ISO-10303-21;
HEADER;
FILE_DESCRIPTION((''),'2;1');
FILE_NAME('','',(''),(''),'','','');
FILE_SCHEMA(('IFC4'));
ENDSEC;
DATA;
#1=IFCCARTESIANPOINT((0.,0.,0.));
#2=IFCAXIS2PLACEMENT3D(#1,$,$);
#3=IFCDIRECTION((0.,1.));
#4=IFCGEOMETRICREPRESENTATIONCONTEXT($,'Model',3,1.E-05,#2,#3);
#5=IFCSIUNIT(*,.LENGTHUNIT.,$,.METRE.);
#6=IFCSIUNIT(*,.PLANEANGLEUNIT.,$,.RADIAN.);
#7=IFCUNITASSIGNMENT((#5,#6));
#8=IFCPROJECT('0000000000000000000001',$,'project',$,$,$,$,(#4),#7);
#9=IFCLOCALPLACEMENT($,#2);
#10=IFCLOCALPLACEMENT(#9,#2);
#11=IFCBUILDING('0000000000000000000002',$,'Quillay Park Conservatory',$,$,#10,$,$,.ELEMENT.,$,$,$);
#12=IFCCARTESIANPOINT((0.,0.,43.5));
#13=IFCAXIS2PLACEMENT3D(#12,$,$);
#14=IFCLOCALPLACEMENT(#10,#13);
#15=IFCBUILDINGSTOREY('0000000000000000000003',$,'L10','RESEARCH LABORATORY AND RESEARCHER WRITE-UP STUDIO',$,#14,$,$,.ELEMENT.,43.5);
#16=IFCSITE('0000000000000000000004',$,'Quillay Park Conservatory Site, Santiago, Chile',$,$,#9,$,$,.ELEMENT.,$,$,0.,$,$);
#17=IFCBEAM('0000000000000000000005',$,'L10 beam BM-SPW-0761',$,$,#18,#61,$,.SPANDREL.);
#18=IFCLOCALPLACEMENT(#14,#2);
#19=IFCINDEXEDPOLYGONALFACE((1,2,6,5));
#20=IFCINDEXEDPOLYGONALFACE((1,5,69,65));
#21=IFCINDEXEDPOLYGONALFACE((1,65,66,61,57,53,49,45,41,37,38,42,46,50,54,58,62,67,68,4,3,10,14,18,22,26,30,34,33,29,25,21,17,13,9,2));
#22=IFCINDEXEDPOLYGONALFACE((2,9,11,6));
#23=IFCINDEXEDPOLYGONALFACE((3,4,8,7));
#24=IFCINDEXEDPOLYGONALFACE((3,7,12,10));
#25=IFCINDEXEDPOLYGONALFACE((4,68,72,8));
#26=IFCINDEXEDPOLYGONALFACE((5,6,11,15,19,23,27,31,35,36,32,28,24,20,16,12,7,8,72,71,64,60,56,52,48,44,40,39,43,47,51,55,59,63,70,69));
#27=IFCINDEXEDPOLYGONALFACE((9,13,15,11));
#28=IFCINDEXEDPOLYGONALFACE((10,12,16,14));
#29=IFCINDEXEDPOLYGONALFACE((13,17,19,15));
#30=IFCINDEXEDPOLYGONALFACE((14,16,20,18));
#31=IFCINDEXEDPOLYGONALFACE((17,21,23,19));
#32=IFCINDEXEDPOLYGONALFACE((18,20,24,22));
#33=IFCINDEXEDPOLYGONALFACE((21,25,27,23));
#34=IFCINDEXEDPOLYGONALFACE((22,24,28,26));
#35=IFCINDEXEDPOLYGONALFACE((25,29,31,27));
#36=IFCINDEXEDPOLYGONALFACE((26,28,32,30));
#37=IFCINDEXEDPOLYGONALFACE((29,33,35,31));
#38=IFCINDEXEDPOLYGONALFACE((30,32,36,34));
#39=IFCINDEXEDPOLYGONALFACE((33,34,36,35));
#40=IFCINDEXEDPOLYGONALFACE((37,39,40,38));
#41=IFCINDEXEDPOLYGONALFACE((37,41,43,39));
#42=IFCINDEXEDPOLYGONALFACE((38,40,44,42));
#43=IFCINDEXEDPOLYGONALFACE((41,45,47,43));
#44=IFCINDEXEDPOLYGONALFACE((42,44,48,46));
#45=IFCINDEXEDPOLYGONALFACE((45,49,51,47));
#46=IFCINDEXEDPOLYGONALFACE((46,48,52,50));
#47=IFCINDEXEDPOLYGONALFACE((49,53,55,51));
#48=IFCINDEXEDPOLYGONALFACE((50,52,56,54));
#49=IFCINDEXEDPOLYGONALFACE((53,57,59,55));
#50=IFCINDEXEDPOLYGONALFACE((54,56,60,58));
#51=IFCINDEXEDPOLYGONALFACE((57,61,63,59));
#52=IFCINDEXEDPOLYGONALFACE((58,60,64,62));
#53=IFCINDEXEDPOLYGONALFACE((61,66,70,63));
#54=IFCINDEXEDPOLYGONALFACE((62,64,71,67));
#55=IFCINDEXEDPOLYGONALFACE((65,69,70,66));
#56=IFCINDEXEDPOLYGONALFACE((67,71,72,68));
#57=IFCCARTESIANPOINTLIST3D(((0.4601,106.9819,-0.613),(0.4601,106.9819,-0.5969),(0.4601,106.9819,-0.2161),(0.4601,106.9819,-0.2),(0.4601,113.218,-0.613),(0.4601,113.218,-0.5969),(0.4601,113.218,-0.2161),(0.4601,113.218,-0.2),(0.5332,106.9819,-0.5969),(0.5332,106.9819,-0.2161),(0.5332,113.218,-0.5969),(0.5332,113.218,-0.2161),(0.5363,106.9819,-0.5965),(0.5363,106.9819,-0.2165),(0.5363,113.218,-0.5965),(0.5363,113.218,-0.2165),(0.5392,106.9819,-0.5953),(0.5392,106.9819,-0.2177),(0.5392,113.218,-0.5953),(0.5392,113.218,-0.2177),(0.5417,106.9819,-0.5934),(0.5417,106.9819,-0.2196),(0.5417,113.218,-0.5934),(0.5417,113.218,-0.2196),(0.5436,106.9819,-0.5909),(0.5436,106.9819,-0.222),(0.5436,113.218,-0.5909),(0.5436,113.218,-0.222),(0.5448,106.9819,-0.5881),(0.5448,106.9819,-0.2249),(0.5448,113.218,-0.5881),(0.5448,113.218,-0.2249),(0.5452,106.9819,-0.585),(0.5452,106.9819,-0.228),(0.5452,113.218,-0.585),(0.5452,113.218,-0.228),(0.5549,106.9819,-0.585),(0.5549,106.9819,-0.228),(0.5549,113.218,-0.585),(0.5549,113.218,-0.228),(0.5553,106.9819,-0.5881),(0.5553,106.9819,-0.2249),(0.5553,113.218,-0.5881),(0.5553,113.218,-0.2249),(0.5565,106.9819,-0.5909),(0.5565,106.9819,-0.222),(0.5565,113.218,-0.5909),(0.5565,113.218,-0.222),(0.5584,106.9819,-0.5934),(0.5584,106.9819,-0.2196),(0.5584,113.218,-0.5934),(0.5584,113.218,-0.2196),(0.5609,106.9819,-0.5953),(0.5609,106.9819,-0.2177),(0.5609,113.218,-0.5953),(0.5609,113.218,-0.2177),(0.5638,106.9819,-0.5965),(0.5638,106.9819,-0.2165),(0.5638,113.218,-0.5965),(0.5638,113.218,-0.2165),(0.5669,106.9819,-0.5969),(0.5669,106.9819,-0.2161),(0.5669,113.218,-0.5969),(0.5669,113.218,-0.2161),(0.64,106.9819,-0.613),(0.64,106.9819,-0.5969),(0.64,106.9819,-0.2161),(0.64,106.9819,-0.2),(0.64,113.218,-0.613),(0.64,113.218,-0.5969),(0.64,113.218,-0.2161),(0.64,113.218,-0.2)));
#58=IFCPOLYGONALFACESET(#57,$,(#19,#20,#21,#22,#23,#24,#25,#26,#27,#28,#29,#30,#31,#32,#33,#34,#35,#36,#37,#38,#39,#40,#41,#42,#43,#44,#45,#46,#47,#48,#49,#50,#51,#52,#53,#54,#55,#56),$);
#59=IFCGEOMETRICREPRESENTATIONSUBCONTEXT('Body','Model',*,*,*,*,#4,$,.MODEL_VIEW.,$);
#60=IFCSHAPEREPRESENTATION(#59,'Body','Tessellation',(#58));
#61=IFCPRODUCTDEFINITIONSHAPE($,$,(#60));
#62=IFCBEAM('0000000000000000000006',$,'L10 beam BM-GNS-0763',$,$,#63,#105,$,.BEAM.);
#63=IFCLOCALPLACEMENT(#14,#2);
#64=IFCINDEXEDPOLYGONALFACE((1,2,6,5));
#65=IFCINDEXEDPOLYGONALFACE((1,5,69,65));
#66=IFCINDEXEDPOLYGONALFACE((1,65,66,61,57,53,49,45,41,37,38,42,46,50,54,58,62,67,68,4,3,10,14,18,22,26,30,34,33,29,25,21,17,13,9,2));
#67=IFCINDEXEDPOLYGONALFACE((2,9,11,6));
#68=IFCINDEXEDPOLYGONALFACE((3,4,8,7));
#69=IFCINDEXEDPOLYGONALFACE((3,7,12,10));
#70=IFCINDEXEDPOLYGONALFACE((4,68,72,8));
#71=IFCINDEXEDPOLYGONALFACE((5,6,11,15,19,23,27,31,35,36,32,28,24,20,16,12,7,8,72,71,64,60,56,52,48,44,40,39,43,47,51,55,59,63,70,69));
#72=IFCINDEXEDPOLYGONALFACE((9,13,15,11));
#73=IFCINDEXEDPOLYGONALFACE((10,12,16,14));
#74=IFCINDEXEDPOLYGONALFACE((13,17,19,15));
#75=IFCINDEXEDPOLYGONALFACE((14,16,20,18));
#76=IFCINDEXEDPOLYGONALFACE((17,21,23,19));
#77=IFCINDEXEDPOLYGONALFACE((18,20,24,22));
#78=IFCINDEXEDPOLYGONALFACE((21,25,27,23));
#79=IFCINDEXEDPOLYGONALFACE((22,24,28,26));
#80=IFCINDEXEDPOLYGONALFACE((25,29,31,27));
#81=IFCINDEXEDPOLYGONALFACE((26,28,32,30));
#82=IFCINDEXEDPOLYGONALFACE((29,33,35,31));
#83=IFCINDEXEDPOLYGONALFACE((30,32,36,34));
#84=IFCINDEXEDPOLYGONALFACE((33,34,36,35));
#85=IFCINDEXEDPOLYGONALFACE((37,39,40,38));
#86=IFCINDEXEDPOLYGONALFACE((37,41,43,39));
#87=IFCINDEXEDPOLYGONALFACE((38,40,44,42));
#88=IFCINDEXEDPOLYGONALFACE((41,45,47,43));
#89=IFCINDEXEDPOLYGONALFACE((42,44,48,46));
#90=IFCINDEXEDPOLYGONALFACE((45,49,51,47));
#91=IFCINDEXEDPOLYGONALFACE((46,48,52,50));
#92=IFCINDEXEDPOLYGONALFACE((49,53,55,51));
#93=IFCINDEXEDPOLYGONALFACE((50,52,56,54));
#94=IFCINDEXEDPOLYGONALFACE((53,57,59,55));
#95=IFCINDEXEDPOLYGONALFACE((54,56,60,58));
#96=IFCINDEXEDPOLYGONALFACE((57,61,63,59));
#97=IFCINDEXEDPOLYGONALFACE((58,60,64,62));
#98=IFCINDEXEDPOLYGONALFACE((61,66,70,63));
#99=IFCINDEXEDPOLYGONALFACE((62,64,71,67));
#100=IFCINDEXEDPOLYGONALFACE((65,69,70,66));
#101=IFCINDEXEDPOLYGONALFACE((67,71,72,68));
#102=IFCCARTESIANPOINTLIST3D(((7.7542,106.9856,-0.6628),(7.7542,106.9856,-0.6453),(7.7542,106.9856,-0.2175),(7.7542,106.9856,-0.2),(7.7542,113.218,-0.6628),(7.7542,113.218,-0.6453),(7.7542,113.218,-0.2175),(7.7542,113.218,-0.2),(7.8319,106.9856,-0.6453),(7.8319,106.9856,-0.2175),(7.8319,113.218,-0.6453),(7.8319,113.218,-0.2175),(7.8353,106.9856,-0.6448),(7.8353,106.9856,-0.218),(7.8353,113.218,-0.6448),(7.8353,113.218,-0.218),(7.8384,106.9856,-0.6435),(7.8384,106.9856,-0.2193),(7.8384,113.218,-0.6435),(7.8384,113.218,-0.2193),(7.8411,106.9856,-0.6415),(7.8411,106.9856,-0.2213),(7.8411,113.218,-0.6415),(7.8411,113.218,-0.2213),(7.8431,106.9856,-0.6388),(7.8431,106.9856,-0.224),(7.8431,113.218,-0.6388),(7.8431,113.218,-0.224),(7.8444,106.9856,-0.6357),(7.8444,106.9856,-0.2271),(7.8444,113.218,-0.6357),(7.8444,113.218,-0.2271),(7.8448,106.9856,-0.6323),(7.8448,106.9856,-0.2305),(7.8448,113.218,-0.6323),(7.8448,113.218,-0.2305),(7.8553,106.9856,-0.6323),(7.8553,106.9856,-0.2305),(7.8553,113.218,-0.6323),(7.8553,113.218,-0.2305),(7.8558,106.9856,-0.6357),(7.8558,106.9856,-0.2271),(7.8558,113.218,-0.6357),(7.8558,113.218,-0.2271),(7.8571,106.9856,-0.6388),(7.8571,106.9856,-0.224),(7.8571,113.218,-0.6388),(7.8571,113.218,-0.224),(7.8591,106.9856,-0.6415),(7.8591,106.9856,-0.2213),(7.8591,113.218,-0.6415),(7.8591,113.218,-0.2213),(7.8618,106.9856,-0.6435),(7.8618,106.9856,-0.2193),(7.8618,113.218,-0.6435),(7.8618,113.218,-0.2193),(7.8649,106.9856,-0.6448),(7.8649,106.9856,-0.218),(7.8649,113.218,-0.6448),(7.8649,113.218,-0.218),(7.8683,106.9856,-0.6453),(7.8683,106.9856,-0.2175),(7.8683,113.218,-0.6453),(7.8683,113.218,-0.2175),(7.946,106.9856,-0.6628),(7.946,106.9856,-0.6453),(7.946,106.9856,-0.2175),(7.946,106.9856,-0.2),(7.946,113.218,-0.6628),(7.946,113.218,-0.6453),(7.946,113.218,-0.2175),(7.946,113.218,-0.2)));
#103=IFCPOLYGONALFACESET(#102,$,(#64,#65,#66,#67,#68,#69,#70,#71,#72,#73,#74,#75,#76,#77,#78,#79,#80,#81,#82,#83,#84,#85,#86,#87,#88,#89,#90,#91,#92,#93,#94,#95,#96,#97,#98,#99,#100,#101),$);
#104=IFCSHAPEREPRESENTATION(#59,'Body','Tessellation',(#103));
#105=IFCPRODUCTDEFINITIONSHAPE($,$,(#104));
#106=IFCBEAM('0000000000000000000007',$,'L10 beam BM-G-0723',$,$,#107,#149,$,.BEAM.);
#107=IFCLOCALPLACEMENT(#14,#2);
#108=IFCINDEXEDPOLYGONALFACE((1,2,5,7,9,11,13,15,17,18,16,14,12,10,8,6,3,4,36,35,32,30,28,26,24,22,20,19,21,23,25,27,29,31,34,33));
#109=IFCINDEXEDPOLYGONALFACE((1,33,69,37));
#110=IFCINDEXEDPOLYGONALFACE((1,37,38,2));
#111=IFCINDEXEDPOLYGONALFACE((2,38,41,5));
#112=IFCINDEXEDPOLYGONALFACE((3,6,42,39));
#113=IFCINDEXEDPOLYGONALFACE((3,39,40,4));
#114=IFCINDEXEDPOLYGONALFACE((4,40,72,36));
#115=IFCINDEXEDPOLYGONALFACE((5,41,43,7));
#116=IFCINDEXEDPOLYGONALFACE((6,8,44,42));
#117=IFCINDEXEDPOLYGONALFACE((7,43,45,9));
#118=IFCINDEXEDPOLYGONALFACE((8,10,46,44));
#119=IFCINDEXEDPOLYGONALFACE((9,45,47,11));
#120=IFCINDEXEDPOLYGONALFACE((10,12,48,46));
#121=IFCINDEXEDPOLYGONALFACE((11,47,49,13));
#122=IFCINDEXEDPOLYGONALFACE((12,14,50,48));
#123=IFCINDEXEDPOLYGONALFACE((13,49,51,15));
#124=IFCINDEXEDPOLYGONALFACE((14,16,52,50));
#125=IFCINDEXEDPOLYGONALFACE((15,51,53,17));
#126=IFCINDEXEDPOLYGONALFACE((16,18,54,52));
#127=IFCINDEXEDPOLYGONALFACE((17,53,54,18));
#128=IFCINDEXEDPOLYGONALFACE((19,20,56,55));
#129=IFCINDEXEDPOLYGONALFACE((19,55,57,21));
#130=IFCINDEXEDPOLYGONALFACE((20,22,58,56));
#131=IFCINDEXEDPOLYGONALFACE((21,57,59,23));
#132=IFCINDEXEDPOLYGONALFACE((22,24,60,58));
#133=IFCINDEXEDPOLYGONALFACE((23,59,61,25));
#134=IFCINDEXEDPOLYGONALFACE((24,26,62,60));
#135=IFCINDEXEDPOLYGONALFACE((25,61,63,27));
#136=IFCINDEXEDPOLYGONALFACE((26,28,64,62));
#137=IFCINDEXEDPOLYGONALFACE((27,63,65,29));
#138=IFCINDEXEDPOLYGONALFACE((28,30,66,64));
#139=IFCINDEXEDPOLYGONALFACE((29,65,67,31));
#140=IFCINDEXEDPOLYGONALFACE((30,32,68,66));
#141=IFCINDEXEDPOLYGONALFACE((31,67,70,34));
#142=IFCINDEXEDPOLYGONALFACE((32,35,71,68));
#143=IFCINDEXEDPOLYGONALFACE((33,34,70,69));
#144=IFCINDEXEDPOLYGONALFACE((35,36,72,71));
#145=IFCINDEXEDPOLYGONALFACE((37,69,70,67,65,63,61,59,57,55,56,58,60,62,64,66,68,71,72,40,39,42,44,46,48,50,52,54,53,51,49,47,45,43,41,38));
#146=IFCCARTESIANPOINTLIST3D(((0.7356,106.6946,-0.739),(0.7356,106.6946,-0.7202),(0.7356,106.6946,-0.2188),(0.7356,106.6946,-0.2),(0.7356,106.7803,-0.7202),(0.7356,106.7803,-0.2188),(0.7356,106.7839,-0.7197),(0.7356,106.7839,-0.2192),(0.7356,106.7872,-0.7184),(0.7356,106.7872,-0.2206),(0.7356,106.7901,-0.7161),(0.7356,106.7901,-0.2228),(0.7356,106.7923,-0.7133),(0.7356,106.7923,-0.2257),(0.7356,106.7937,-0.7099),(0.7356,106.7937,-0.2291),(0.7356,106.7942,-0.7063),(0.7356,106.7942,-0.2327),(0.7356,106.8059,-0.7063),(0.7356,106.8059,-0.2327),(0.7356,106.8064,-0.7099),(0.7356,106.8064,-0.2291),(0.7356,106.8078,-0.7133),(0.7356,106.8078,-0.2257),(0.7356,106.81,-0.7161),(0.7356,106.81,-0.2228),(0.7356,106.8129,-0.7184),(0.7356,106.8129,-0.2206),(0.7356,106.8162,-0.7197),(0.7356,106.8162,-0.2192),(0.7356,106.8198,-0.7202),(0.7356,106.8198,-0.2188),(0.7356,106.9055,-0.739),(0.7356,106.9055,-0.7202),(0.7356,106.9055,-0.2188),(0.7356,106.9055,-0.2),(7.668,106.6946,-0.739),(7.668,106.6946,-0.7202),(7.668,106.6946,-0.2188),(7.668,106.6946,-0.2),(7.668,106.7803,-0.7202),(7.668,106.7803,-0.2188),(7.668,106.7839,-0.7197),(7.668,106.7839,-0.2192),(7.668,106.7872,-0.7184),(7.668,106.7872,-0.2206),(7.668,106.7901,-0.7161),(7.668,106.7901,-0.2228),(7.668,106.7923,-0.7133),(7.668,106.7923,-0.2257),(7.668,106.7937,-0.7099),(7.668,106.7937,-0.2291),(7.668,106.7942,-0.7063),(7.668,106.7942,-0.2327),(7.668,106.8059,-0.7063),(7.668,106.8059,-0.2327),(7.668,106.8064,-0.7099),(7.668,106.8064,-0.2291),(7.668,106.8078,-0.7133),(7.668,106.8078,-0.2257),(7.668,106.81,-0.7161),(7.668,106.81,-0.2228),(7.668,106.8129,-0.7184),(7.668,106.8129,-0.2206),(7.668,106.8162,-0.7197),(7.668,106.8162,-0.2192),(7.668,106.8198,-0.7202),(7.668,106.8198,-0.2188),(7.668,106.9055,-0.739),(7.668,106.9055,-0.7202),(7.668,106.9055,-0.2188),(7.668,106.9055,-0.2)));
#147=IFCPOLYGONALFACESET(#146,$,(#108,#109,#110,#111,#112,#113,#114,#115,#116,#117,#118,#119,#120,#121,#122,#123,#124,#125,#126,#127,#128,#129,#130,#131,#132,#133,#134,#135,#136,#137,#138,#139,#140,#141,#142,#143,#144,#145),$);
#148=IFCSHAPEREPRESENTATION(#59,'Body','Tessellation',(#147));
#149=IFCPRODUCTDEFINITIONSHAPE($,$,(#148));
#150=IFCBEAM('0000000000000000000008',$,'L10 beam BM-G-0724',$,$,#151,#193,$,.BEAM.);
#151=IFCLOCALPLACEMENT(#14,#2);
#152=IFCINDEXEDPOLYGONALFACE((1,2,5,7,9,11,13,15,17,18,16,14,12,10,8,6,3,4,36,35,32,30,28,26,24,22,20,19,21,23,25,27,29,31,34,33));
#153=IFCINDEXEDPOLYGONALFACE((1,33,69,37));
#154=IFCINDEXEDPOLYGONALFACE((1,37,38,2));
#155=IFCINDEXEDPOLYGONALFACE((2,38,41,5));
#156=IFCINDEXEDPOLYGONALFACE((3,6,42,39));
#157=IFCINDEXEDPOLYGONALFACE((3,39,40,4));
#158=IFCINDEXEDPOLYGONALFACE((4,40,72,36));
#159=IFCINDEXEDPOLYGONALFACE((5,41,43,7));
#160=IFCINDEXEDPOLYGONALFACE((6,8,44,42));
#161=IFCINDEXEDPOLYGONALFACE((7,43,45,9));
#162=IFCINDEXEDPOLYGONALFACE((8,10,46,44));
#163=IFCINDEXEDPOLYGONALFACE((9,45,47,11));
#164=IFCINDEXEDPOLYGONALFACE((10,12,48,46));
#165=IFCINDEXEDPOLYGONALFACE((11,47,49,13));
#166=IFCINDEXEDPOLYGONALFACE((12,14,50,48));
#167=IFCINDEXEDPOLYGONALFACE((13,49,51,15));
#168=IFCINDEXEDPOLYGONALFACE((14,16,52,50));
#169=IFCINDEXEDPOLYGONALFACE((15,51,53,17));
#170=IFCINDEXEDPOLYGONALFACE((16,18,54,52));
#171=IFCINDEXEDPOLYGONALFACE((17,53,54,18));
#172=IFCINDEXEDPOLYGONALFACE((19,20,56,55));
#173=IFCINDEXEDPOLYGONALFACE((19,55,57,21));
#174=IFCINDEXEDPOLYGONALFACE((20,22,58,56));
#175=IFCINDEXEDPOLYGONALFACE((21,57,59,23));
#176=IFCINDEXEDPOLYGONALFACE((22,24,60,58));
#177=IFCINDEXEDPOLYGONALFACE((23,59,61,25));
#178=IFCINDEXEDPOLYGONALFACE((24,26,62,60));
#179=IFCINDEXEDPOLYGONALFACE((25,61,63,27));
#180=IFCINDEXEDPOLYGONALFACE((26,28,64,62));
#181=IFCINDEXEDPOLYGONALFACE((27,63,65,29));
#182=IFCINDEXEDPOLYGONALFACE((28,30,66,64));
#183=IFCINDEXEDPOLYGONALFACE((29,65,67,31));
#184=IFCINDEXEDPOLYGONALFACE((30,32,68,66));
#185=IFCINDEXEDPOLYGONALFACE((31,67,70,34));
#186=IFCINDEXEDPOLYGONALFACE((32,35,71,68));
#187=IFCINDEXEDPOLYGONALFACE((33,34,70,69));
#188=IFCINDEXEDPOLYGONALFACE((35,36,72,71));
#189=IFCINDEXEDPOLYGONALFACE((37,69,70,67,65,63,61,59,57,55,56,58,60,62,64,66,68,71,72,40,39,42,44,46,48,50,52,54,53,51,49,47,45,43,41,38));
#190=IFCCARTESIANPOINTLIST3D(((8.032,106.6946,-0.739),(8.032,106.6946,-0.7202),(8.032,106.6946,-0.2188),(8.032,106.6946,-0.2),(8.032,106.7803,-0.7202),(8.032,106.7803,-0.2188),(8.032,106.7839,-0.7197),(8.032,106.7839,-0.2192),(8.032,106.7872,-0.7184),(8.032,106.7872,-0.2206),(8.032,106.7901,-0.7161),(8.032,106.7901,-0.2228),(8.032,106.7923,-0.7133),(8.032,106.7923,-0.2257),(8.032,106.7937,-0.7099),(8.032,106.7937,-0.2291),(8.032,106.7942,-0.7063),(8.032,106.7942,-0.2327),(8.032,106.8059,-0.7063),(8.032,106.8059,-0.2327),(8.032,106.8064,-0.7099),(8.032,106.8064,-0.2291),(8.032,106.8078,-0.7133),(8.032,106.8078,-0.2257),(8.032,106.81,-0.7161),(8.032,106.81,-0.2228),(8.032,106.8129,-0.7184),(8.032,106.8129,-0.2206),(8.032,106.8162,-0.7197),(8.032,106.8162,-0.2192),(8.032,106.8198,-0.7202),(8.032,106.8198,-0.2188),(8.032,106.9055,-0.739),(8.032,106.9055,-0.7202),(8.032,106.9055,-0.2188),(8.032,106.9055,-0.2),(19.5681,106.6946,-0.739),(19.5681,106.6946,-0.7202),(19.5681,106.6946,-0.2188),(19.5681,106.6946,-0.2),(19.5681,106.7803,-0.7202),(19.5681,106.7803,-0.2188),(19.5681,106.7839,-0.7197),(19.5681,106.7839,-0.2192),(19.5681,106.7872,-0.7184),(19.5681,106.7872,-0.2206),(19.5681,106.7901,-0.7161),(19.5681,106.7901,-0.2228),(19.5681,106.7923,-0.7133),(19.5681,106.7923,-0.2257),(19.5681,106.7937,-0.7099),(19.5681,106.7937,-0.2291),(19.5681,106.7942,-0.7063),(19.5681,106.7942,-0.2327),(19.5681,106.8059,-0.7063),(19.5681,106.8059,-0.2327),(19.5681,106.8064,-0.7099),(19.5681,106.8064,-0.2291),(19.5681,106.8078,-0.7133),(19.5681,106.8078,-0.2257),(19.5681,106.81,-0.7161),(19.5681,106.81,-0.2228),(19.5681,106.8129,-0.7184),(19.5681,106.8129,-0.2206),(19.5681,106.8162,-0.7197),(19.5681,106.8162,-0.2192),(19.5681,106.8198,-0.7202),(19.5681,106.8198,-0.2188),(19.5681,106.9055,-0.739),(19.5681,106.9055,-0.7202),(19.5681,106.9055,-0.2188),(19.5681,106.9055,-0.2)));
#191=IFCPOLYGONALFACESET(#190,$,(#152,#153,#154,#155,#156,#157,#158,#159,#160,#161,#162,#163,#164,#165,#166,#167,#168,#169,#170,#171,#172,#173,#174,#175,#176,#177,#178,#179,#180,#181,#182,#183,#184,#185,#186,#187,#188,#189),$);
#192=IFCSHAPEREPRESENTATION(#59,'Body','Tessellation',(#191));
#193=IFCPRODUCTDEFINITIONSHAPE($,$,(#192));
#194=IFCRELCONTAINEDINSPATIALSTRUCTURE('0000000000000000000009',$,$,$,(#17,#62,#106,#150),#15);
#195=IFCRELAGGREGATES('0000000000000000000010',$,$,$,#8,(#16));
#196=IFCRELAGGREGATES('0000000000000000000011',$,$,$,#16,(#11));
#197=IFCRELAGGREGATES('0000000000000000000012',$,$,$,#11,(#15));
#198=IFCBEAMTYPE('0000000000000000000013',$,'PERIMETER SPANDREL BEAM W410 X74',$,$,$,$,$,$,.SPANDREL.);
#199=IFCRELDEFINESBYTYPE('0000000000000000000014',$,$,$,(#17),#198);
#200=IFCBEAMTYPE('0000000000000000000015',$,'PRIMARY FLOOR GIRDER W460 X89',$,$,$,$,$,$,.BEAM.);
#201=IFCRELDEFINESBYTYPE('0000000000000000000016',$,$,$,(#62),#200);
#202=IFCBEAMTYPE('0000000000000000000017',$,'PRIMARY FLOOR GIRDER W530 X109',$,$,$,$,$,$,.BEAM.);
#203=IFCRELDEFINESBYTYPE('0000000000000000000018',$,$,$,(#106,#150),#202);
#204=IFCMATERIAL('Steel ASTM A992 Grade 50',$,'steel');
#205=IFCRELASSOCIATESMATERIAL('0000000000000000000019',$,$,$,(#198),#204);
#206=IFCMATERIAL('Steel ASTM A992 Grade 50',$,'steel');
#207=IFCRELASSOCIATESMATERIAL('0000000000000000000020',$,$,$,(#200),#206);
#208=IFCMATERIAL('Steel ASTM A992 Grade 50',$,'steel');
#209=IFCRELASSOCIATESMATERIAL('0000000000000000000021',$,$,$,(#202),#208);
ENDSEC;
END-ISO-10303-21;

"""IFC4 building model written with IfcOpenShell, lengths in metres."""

from ifc_helpers import new_model, si_unit, direction, frame, origin, origin_2d, place, context, subcontext, project, spatial, i_section, extrude, material, material_profile, profile_set, type_object, element, save


model = new_model("IFC4")

# Units and contexts
model_context = context("Model", 3, precision=1e-05, world=origin(), true_north=direction((0.0, 1.0)))
body_context = subcontext(model_context, "Body", "Model", "MODEL_VIEW")
ifc_project = project(units=[si_unit("LENGTHUNIT", "METRE"), si_unit("PLANEANGLEUNIT", "RADIAN")], contexts=[model_context])

# Site, building, storey
site_placement = place(None, origin())
site = spatial("IfcSite", under=ifc_project, at=site_placement, Name="Quillay Park Conservatory Site, Santiago, Chile", CompositionType="ELEMENT", RefElevation=0.0)
building_placement = place(site_placement, origin())
building = spatial("IfcBuilding", under=site, at=building_placement, Name="Quillay Park Conservatory", CompositionType="ELEMENT")
storey_placement = place(building_placement, frame((0.0, 0.0, 43.5)))
storey = spatial("IfcBuildingStorey", under=building, at=storey_placement, Name="L10", Description="RESEARCH LABORATORY AND RESEARCHER WRITE-UP STUDIO", CompositionType="ELEMENT", Elevation=43.5)

# Beams
ifc_material_1 = material(Name="Steel ASTM A992 Grade 50", Category="steel")
ifc_material_profile_1 = material_profile(ifc_material_1, i_section(OverallWidth=0.1799, OverallDepth=0.4131, WebThickness=0.0098, FlangeThickness=0.0161, FilletRadius=0.012, at=origin_2d()), Name="W410x74")
ifc_profile_set_1 = profile_set([ifc_material_profile_1], Name="Steel ASTM A992 Grade 50")
beam_type_1 = type_object("IfcBeamType", Name="PERIMETER SPANDREL BEAM W410 X74", PredefinedType="SPANDREL", material=ifc_profile_set_1)
beam_1_placement = place(storey_placement, frame((0.55, 106.9819, -0.4065), z_axis=(0.0, 1.0, 0.0), x_axis=(-1.0, 0.0, 0.0)))
element("IfcBeam", 1, at=beam_1_placement, inside=storey, type_object=beam_type_1, Name="L10 beam BM-SPW-0761", PredefinedType="SPANDREL", context=body_context, shape_type="SweptSolid", body=[
    extrude(i_section(OverallWidth=0.1799, OverallDepth=0.4131, WebThickness=0.0098, FlangeThickness=0.0161, FilletRadius=0.012, at=origin_2d()), origin(), (0.0, 0.0, 1.0), 6.2361),
])
ifc_material_2 = material(Name="Steel ASTM A992 Grade 50", Category="steel")
ifc_material_profile_2 = material_profile(ifc_material_2, i_section(OverallWidth=0.1919, OverallDepth=0.4629, WebThickness=0.0105, FlangeThickness=0.0176, FilletRadius=0.0129, at=origin_2d()), Name="W460x89")
ifc_profile_set_2 = profile_set([ifc_material_profile_2], Name="Steel ASTM A992 Grade 50")
beam_type_2 = type_object("IfcBeamType", Name="PRIMARY FLOOR GIRDER W460 X89", PredefinedType="BEAM", material=ifc_profile_set_2)
beam_2_placement = place(storey_placement, frame((7.8501, 106.9856, -0.4314), z_axis=(0.0, 1.0, 0.0), x_axis=(-1.0, 0.0, 0.0)))
element("IfcBeam", 2, at=beam_2_placement, inside=storey, type_object=beam_type_2, Name="L10 beam BM-GNS-0763", PredefinedType="BEAM", context=body_context, shape_type="SweptSolid", body=[
    extrude(i_section(OverallWidth=0.1919, OverallDepth=0.4629, WebThickness=0.0105, FlangeThickness=0.0176, FilletRadius=0.0129, at=origin_2d()), origin(), (0.0, 0.0, 1.0), 6.2324),
])
ifc_material_3 = material(Name="Steel ASTM A992 Grade 50", Category="steel")
ifc_material_profile_3 = material_profile(ifc_material_3, i_section(OverallWidth=0.2109, OverallDepth=0.5391, WebThickness=0.0117, FlangeThickness=0.0188, FilletRadius=0.0139, at=origin_2d()), Name="W530x109")
ifc_profile_set_3 = profile_set([ifc_material_profile_3], Name="Steel ASTM A992 Grade 50")
beam_type_3 = type_object("IfcBeamType", Name="PRIMARY FLOOR GIRDER W530 X109", PredefinedType="BEAM", material=ifc_profile_set_3)
beam_3_placement = place(storey_placement, frame((0.7356, 106.8, -0.4695), z_axis=(1.0, 0.0, 0.0), x_axis=(0.0, 1.0, 0.0)))
element("IfcBeam", 3, at=beam_3_placement, inside=storey, type_object=beam_type_3, Name="L10 beam BM-G-0723", PredefinedType="BEAM", context=body_context, shape_type="SweptSolid", body=[
    extrude(i_section(OverallWidth=0.2109, OverallDepth=0.5391, WebThickness=0.0117, FlangeThickness=0.0188, FilletRadius=0.0139, at=origin_2d()), origin(), (0.0, 0.0, 1.0), 6.9324),
])
beam_4_placement = place(storey_placement, frame((8.032, 106.8, -0.4695), z_axis=(1.0, 0.0, 0.0), x_axis=(0.0, 1.0, 0.0)))
element("IfcBeam", 4, at=beam_4_placement, inside=storey, type_object=beam_type_3, Name="L10 beam BM-G-0724", PredefinedType="BEAM", context=body_context, shape_type="SweptSolid", body=[
    extrude(i_section(OverallWidth=0.2109, OverallDepth=0.5391, WebThickness=0.0117, FlangeThickness=0.0188, FilletRadius=0.0139, at=origin_2d()), origin(), (0.0, 0.0, 1.0), 11.5361),
])

save(model, "model.ifc")
